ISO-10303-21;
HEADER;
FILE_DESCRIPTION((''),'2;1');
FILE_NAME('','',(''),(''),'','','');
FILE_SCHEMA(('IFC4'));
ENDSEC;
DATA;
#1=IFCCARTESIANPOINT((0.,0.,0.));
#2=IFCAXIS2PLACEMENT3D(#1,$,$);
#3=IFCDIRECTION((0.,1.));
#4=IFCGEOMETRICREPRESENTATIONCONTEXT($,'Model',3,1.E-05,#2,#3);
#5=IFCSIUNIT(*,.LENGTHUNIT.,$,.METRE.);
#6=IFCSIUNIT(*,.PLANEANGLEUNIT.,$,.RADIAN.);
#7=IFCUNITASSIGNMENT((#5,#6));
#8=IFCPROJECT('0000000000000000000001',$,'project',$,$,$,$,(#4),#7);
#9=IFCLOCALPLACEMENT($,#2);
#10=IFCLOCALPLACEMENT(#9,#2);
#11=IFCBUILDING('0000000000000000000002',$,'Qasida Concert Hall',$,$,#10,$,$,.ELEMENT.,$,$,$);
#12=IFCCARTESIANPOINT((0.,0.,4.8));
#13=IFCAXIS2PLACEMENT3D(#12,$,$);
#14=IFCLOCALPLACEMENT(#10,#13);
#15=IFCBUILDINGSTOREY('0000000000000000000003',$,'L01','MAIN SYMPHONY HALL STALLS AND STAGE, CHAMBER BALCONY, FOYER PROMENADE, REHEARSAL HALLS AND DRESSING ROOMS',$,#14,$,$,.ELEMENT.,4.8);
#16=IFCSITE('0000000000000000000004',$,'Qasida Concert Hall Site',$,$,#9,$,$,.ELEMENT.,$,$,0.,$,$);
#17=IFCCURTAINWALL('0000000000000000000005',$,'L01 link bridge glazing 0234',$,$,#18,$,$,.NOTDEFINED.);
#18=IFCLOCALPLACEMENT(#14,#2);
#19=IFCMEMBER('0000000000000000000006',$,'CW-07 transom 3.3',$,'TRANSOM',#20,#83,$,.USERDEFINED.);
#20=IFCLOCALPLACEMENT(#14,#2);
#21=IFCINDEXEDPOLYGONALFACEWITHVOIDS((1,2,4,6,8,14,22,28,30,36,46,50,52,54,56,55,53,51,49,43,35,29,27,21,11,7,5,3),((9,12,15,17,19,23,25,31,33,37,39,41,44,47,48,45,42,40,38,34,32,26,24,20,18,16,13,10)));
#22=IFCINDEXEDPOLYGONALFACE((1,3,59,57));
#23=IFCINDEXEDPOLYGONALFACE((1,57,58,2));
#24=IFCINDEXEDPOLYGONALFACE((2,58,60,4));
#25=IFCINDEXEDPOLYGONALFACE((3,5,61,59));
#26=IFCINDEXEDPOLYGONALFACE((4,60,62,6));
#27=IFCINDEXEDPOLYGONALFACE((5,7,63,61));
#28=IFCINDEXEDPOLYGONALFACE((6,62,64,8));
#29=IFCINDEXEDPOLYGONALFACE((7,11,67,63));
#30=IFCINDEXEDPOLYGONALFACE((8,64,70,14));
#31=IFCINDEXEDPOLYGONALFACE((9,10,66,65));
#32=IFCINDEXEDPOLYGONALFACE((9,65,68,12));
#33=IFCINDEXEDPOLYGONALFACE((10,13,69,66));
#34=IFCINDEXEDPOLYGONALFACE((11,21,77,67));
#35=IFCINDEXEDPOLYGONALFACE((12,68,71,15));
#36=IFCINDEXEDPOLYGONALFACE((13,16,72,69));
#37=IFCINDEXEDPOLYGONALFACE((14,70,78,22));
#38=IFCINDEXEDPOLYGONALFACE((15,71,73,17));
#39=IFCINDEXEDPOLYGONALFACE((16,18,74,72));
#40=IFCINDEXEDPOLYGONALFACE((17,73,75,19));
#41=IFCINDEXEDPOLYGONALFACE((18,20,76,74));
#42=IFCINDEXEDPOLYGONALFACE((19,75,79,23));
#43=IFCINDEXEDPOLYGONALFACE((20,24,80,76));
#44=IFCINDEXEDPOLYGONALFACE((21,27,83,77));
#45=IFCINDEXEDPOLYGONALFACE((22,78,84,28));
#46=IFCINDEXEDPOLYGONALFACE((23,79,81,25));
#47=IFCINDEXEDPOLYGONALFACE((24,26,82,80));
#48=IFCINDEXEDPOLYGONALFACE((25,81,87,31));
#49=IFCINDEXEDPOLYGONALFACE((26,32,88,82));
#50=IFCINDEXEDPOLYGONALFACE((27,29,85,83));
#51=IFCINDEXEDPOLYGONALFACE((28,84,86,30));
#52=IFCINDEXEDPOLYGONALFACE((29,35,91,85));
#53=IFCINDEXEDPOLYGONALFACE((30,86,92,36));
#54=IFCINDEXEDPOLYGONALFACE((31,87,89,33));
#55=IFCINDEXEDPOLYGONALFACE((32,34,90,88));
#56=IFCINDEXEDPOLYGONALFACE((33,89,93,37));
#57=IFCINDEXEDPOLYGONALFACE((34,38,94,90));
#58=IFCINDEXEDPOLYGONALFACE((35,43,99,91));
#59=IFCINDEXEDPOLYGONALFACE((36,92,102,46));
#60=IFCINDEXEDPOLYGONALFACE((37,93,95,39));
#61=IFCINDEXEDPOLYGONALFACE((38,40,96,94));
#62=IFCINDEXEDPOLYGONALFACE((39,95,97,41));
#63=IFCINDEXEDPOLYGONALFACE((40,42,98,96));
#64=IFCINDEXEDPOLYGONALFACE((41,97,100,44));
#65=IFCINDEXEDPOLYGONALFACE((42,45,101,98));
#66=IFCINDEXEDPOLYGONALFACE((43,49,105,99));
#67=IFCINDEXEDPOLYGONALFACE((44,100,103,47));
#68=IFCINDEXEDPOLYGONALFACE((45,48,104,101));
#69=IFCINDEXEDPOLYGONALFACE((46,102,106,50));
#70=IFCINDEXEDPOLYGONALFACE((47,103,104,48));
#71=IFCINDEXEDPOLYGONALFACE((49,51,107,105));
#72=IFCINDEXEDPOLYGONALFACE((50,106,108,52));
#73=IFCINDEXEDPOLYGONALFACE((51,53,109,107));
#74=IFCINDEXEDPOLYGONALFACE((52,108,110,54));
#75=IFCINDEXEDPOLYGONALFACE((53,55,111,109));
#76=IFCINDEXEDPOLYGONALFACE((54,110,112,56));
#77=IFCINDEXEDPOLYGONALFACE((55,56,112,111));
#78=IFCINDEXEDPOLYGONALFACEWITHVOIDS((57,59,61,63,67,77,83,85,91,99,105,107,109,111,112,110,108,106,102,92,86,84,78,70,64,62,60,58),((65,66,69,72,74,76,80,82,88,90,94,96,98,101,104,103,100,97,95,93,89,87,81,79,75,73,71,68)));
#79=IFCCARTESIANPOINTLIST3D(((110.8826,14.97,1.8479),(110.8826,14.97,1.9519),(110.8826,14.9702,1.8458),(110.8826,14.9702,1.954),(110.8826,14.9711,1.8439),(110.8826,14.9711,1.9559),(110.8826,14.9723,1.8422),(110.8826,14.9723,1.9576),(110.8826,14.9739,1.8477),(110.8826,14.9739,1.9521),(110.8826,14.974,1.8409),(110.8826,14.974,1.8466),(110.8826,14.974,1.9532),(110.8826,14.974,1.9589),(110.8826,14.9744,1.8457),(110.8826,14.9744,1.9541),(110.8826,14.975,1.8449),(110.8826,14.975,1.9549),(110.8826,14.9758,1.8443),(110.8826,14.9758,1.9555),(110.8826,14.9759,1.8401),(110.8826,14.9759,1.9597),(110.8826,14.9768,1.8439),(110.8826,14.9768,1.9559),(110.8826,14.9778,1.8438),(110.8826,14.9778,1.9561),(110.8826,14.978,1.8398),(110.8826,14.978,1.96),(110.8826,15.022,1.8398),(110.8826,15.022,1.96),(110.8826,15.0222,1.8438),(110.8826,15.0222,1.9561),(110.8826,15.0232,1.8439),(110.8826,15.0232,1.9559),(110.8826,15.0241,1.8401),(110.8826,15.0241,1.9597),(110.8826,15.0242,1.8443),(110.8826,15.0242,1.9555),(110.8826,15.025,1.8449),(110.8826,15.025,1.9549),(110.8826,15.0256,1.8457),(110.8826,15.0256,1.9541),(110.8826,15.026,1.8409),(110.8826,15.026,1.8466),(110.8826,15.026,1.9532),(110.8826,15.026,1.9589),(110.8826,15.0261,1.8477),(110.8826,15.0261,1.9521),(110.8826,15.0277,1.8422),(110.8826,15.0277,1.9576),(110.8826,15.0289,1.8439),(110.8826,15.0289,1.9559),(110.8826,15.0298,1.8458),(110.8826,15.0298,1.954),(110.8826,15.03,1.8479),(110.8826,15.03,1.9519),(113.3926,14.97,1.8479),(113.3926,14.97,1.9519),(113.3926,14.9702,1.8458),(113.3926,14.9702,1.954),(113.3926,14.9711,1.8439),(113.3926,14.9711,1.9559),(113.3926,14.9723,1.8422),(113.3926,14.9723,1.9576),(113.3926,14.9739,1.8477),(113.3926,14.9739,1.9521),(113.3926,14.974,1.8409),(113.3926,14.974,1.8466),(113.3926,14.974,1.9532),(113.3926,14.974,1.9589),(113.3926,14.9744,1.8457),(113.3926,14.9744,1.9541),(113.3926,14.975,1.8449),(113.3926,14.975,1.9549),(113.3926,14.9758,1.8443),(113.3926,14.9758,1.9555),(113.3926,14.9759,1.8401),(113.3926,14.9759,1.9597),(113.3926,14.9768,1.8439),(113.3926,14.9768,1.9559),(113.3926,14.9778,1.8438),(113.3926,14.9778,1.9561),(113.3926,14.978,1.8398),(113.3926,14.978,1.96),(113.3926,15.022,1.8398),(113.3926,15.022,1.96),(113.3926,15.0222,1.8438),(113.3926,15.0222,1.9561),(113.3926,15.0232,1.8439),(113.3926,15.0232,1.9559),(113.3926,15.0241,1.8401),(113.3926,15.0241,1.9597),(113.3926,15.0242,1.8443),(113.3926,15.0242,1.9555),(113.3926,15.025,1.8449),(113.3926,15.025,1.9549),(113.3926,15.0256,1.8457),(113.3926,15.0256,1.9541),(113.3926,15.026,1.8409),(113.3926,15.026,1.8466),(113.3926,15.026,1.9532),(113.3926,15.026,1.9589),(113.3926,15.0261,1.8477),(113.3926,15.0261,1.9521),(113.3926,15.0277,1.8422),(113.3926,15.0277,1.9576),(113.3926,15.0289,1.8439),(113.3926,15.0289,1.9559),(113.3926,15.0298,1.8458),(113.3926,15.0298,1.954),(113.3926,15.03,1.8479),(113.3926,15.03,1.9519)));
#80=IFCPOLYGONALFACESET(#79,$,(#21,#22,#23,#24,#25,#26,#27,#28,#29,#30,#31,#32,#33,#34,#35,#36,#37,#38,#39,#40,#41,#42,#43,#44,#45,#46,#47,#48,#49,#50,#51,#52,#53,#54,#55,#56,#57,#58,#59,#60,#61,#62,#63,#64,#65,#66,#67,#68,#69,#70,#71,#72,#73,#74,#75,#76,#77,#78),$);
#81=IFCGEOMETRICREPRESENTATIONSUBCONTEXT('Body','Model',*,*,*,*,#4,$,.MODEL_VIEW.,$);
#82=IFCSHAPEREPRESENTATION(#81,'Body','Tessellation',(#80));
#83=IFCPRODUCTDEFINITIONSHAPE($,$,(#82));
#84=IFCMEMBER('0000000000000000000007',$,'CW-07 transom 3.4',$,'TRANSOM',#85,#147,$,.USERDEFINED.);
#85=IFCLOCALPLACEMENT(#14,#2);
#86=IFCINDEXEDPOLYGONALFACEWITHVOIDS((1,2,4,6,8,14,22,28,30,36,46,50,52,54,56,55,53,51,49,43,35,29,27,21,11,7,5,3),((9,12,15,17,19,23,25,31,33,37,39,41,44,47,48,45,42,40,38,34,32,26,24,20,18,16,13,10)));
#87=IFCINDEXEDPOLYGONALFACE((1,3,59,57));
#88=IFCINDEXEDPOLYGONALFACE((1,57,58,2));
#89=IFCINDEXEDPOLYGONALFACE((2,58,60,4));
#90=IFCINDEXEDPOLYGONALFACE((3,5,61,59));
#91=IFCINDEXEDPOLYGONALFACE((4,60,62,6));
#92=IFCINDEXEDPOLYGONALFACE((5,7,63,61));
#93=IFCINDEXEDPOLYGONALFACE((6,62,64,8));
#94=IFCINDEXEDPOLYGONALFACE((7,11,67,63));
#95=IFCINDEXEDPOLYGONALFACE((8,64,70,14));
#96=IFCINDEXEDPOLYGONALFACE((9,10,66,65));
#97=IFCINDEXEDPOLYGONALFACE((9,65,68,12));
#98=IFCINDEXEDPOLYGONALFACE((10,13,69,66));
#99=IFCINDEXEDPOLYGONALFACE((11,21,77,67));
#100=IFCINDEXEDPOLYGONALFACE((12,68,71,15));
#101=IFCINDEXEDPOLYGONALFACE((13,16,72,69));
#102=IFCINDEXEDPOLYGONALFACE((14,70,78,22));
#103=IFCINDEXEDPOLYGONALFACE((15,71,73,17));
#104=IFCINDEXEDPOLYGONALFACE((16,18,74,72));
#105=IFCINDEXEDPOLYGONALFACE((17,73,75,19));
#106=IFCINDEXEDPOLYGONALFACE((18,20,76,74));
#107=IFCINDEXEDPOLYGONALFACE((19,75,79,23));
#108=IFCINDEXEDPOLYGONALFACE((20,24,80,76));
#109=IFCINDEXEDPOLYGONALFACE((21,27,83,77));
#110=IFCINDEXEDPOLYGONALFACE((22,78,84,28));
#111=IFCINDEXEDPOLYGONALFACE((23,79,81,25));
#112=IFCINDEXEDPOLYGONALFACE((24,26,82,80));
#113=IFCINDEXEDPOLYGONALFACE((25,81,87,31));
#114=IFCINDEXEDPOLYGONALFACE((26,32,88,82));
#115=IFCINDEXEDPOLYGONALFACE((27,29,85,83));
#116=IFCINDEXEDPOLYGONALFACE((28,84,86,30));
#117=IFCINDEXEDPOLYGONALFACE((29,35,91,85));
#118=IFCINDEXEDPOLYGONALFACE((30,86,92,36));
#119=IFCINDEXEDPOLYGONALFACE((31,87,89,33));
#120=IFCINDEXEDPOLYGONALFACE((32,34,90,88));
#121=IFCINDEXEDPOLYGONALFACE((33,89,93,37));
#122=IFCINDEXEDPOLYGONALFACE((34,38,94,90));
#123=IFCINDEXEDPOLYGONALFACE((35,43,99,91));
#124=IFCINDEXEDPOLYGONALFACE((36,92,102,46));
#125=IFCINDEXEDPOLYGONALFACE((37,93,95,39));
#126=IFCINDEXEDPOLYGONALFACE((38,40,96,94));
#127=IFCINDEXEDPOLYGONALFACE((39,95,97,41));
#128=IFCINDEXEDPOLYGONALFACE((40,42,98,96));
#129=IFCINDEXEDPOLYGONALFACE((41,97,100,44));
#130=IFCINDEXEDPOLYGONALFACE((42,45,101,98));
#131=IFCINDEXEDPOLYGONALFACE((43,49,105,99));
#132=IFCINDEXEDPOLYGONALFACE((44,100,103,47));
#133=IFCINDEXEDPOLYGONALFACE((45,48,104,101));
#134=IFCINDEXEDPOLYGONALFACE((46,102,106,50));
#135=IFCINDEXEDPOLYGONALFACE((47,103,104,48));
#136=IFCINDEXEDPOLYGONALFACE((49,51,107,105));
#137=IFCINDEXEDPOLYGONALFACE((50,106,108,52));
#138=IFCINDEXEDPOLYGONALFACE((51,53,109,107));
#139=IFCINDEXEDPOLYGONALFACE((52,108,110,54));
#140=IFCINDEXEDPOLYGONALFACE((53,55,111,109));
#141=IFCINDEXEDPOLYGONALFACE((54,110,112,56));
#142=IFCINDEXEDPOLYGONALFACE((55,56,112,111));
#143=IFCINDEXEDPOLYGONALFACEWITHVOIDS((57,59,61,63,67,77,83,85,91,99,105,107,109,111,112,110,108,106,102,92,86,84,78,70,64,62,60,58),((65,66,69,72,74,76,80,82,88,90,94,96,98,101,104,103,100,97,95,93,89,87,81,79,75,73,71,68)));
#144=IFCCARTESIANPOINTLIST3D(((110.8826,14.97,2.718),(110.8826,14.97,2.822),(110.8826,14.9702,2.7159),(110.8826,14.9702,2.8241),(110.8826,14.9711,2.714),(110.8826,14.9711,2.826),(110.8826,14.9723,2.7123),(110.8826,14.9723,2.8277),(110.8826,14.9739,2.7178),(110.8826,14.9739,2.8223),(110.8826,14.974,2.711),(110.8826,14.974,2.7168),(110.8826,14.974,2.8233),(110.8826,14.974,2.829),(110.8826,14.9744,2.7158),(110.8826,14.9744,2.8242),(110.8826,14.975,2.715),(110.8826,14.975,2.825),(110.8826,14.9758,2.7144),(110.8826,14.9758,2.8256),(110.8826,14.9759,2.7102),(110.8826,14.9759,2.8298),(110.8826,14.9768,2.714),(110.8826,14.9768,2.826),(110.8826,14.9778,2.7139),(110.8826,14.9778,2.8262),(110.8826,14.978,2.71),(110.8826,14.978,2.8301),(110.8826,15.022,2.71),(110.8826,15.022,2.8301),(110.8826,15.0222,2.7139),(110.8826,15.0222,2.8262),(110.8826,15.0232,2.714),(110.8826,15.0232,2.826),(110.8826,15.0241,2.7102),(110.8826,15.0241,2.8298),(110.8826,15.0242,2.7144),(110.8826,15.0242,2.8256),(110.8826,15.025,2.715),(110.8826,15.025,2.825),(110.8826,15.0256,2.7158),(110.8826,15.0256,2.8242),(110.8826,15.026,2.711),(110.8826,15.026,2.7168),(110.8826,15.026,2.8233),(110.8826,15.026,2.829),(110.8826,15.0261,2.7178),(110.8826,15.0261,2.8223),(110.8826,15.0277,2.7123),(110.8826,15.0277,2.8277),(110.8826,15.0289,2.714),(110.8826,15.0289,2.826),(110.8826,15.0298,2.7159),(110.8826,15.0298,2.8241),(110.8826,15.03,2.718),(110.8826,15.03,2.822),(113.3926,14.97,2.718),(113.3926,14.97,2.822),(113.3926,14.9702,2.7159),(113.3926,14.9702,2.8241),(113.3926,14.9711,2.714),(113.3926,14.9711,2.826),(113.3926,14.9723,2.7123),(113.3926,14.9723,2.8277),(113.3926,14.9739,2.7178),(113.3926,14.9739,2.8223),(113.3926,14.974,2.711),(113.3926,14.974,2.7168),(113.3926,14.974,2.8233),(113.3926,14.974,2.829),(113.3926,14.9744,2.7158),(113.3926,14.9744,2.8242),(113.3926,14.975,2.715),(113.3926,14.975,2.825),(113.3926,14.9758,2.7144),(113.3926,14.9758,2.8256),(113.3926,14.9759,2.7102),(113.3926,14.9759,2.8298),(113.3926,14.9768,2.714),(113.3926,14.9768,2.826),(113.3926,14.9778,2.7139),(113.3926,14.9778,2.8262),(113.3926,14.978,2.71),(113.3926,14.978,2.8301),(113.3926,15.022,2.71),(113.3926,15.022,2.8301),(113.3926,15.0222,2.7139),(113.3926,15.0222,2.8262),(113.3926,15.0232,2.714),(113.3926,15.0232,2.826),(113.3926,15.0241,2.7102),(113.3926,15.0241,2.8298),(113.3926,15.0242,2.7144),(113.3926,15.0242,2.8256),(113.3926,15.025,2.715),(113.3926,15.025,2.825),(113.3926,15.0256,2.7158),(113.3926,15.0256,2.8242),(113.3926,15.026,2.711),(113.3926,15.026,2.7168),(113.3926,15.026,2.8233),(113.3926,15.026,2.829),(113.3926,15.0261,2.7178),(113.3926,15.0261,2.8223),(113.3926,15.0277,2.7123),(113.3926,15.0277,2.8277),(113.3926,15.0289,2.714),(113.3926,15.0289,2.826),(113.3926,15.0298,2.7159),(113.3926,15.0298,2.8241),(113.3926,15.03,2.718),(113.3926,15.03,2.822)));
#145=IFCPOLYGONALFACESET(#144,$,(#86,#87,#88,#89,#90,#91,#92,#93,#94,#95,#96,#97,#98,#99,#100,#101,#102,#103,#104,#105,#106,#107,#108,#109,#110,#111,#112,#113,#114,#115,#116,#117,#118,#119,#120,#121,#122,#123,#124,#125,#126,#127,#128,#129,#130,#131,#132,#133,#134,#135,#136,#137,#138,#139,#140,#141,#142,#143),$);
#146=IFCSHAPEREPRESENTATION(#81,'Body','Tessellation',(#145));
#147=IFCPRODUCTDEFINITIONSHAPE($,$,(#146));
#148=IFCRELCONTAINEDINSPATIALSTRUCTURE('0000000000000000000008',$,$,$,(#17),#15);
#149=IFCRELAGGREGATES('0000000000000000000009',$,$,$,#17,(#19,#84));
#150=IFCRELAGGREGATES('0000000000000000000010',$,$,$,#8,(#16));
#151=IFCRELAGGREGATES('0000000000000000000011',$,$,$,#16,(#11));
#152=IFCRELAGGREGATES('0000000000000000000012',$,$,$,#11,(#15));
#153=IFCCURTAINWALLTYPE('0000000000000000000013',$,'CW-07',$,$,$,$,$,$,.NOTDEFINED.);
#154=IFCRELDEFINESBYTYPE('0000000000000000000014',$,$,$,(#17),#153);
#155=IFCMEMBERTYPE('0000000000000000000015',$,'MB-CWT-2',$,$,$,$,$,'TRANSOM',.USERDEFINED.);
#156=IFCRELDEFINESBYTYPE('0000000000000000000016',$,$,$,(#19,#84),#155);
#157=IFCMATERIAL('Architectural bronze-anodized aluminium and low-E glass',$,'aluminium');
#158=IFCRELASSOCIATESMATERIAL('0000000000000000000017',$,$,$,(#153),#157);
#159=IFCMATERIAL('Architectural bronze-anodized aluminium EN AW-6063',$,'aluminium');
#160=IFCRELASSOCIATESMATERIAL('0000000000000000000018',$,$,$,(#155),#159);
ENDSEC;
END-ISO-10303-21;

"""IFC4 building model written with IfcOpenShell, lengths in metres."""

from ifc_helpers import new_model, si_unit, direction, frame, origin, origin_2d, place, context, subcontext, project, spatial, hollow_rectangle, extrude, material, material_profile, profile_set, type_object, element, aggregate, save


model = new_model("IFC4")

# Units and contexts
model_context = context("Model", 3, precision=1e-05, world=origin(), true_north=direction((0.0, 1.0)))
body_context = subcontext(model_context, "Body", "Model", "MODEL_VIEW")
ifc_project = project(units=[si_unit("LENGTHUNIT", "METRE"), si_unit("PLANEANGLEUNIT", "RADIAN")], contexts=[model_context])

# Site, building, storey
site_placement = place(None, origin())
site = spatial("IfcSite", under=ifc_project, at=site_placement, Name="Qasida Concert Hall Site", CompositionType="ELEMENT", RefElevation=0.0)
building_placement = place(site_placement, origin())
building = spatial("IfcBuilding", under=site, at=building_placement, Name="Qasida Concert Hall", CompositionType="ELEMENT")
storey_placement = place(building_placement, frame((0.0, 0.0, 4.8)))
storey = spatial("IfcBuildingStorey", under=building, at=storey_placement, Name="L01", Description="MAIN SYMPHONY HALL STALLS AND STAGE, CHAMBER BALCONY, FOYER PROMENADE, REHEARSAL HALLS AND DRESSING ROOMS", CompositionType="ELEMENT", Elevation=4.8)

# Curtain wall
ifc_material_1 = material(Name="Architectural bronze-anodized aluminium and low-E glass", Category="aluminium")
curtain_wall_type = type_object("IfcCurtainWallType", Name="CW-07", PredefinedType="NOTDEFINED", material=ifc_material_1)
curtain_wall_1_placement = place(storey_placement, origin())
curtain_wall_1 = element("IfcCurtainWall", 1, at=curtain_wall_1_placement, inside=storey, type_object=curtain_wall_type, Name="L01 link bridge glazing 0234", PredefinedType="NOTDEFINED")
ifc_material_2 = material(Name="Architectural bronze-anodized aluminium EN AW-6063", Category="aluminium")

# Members
ifc_material_profile_1 = material_profile(ifc_material_2, hollow_rectangle(XDim=0.0601, YDim=0.1201, WallThickness=0.0039, InnerFilletRadius=0.0039, OuterFilletRadius=0.0081, at=origin_2d()), Name="CWT 120x60x4")
ifc_profile_set_1 = profile_set([ifc_material_profile_1], Name="Architectural bronze-anodized aluminium EN AW-6063")
member_type_1 = type_object("IfcMemberType", Name="MB-CWT-2", ElementType="TRANSOM", PredefinedType="USERDEFINED", material=ifc_profile_set_1)
member_1_placement = place(storey_placement, frame((110.8826, 15.0, 1.8999), z_axis=(1.0, 0.0, 0.0), x_axis=(0.0, 1.0, 0.0)))
member_1 = element("IfcMember", 2, at=member_1_placement, type_object=member_type_1, Name="CW-07 transom 3.3", ObjectType="TRANSOM", PredefinedType="USERDEFINED", context=body_context, shape_type="SweptSolid", body=[
    extrude(hollow_rectangle(XDim=0.0601, YDim=0.1201, WallThickness=0.0039, InnerFilletRadius=0.0039, OuterFilletRadius=0.0081, at=origin_2d()), origin(), (0.0, 0.0, 1.0), 2.51),
])
member_2_placement = place(storey_placement, frame((110.8826, 15.0, 2.77), z_axis=(1.0, 0.0, 0.0), x_axis=(0.0, 1.0, 0.0)))
member_2 = element("IfcMember", 3, at=member_2_placement, type_object=member_type_1, Name="CW-07 transom 3.4", ObjectType="TRANSOM", PredefinedType="USERDEFINED", context=body_context, shape_type="SweptSolid", body=[
    extrude(hollow_rectangle(XDim=0.0601, YDim=0.1201, WallThickness=0.0039, InnerFilletRadius=0.0039, OuterFilletRadius=0.0081, at=origin_2d()), origin(), (0.0, 0.0, 1.0), 2.51),
])

aggregate(curtain_wall_1, [member_1, member_2])

save(model, "model.ifc")
